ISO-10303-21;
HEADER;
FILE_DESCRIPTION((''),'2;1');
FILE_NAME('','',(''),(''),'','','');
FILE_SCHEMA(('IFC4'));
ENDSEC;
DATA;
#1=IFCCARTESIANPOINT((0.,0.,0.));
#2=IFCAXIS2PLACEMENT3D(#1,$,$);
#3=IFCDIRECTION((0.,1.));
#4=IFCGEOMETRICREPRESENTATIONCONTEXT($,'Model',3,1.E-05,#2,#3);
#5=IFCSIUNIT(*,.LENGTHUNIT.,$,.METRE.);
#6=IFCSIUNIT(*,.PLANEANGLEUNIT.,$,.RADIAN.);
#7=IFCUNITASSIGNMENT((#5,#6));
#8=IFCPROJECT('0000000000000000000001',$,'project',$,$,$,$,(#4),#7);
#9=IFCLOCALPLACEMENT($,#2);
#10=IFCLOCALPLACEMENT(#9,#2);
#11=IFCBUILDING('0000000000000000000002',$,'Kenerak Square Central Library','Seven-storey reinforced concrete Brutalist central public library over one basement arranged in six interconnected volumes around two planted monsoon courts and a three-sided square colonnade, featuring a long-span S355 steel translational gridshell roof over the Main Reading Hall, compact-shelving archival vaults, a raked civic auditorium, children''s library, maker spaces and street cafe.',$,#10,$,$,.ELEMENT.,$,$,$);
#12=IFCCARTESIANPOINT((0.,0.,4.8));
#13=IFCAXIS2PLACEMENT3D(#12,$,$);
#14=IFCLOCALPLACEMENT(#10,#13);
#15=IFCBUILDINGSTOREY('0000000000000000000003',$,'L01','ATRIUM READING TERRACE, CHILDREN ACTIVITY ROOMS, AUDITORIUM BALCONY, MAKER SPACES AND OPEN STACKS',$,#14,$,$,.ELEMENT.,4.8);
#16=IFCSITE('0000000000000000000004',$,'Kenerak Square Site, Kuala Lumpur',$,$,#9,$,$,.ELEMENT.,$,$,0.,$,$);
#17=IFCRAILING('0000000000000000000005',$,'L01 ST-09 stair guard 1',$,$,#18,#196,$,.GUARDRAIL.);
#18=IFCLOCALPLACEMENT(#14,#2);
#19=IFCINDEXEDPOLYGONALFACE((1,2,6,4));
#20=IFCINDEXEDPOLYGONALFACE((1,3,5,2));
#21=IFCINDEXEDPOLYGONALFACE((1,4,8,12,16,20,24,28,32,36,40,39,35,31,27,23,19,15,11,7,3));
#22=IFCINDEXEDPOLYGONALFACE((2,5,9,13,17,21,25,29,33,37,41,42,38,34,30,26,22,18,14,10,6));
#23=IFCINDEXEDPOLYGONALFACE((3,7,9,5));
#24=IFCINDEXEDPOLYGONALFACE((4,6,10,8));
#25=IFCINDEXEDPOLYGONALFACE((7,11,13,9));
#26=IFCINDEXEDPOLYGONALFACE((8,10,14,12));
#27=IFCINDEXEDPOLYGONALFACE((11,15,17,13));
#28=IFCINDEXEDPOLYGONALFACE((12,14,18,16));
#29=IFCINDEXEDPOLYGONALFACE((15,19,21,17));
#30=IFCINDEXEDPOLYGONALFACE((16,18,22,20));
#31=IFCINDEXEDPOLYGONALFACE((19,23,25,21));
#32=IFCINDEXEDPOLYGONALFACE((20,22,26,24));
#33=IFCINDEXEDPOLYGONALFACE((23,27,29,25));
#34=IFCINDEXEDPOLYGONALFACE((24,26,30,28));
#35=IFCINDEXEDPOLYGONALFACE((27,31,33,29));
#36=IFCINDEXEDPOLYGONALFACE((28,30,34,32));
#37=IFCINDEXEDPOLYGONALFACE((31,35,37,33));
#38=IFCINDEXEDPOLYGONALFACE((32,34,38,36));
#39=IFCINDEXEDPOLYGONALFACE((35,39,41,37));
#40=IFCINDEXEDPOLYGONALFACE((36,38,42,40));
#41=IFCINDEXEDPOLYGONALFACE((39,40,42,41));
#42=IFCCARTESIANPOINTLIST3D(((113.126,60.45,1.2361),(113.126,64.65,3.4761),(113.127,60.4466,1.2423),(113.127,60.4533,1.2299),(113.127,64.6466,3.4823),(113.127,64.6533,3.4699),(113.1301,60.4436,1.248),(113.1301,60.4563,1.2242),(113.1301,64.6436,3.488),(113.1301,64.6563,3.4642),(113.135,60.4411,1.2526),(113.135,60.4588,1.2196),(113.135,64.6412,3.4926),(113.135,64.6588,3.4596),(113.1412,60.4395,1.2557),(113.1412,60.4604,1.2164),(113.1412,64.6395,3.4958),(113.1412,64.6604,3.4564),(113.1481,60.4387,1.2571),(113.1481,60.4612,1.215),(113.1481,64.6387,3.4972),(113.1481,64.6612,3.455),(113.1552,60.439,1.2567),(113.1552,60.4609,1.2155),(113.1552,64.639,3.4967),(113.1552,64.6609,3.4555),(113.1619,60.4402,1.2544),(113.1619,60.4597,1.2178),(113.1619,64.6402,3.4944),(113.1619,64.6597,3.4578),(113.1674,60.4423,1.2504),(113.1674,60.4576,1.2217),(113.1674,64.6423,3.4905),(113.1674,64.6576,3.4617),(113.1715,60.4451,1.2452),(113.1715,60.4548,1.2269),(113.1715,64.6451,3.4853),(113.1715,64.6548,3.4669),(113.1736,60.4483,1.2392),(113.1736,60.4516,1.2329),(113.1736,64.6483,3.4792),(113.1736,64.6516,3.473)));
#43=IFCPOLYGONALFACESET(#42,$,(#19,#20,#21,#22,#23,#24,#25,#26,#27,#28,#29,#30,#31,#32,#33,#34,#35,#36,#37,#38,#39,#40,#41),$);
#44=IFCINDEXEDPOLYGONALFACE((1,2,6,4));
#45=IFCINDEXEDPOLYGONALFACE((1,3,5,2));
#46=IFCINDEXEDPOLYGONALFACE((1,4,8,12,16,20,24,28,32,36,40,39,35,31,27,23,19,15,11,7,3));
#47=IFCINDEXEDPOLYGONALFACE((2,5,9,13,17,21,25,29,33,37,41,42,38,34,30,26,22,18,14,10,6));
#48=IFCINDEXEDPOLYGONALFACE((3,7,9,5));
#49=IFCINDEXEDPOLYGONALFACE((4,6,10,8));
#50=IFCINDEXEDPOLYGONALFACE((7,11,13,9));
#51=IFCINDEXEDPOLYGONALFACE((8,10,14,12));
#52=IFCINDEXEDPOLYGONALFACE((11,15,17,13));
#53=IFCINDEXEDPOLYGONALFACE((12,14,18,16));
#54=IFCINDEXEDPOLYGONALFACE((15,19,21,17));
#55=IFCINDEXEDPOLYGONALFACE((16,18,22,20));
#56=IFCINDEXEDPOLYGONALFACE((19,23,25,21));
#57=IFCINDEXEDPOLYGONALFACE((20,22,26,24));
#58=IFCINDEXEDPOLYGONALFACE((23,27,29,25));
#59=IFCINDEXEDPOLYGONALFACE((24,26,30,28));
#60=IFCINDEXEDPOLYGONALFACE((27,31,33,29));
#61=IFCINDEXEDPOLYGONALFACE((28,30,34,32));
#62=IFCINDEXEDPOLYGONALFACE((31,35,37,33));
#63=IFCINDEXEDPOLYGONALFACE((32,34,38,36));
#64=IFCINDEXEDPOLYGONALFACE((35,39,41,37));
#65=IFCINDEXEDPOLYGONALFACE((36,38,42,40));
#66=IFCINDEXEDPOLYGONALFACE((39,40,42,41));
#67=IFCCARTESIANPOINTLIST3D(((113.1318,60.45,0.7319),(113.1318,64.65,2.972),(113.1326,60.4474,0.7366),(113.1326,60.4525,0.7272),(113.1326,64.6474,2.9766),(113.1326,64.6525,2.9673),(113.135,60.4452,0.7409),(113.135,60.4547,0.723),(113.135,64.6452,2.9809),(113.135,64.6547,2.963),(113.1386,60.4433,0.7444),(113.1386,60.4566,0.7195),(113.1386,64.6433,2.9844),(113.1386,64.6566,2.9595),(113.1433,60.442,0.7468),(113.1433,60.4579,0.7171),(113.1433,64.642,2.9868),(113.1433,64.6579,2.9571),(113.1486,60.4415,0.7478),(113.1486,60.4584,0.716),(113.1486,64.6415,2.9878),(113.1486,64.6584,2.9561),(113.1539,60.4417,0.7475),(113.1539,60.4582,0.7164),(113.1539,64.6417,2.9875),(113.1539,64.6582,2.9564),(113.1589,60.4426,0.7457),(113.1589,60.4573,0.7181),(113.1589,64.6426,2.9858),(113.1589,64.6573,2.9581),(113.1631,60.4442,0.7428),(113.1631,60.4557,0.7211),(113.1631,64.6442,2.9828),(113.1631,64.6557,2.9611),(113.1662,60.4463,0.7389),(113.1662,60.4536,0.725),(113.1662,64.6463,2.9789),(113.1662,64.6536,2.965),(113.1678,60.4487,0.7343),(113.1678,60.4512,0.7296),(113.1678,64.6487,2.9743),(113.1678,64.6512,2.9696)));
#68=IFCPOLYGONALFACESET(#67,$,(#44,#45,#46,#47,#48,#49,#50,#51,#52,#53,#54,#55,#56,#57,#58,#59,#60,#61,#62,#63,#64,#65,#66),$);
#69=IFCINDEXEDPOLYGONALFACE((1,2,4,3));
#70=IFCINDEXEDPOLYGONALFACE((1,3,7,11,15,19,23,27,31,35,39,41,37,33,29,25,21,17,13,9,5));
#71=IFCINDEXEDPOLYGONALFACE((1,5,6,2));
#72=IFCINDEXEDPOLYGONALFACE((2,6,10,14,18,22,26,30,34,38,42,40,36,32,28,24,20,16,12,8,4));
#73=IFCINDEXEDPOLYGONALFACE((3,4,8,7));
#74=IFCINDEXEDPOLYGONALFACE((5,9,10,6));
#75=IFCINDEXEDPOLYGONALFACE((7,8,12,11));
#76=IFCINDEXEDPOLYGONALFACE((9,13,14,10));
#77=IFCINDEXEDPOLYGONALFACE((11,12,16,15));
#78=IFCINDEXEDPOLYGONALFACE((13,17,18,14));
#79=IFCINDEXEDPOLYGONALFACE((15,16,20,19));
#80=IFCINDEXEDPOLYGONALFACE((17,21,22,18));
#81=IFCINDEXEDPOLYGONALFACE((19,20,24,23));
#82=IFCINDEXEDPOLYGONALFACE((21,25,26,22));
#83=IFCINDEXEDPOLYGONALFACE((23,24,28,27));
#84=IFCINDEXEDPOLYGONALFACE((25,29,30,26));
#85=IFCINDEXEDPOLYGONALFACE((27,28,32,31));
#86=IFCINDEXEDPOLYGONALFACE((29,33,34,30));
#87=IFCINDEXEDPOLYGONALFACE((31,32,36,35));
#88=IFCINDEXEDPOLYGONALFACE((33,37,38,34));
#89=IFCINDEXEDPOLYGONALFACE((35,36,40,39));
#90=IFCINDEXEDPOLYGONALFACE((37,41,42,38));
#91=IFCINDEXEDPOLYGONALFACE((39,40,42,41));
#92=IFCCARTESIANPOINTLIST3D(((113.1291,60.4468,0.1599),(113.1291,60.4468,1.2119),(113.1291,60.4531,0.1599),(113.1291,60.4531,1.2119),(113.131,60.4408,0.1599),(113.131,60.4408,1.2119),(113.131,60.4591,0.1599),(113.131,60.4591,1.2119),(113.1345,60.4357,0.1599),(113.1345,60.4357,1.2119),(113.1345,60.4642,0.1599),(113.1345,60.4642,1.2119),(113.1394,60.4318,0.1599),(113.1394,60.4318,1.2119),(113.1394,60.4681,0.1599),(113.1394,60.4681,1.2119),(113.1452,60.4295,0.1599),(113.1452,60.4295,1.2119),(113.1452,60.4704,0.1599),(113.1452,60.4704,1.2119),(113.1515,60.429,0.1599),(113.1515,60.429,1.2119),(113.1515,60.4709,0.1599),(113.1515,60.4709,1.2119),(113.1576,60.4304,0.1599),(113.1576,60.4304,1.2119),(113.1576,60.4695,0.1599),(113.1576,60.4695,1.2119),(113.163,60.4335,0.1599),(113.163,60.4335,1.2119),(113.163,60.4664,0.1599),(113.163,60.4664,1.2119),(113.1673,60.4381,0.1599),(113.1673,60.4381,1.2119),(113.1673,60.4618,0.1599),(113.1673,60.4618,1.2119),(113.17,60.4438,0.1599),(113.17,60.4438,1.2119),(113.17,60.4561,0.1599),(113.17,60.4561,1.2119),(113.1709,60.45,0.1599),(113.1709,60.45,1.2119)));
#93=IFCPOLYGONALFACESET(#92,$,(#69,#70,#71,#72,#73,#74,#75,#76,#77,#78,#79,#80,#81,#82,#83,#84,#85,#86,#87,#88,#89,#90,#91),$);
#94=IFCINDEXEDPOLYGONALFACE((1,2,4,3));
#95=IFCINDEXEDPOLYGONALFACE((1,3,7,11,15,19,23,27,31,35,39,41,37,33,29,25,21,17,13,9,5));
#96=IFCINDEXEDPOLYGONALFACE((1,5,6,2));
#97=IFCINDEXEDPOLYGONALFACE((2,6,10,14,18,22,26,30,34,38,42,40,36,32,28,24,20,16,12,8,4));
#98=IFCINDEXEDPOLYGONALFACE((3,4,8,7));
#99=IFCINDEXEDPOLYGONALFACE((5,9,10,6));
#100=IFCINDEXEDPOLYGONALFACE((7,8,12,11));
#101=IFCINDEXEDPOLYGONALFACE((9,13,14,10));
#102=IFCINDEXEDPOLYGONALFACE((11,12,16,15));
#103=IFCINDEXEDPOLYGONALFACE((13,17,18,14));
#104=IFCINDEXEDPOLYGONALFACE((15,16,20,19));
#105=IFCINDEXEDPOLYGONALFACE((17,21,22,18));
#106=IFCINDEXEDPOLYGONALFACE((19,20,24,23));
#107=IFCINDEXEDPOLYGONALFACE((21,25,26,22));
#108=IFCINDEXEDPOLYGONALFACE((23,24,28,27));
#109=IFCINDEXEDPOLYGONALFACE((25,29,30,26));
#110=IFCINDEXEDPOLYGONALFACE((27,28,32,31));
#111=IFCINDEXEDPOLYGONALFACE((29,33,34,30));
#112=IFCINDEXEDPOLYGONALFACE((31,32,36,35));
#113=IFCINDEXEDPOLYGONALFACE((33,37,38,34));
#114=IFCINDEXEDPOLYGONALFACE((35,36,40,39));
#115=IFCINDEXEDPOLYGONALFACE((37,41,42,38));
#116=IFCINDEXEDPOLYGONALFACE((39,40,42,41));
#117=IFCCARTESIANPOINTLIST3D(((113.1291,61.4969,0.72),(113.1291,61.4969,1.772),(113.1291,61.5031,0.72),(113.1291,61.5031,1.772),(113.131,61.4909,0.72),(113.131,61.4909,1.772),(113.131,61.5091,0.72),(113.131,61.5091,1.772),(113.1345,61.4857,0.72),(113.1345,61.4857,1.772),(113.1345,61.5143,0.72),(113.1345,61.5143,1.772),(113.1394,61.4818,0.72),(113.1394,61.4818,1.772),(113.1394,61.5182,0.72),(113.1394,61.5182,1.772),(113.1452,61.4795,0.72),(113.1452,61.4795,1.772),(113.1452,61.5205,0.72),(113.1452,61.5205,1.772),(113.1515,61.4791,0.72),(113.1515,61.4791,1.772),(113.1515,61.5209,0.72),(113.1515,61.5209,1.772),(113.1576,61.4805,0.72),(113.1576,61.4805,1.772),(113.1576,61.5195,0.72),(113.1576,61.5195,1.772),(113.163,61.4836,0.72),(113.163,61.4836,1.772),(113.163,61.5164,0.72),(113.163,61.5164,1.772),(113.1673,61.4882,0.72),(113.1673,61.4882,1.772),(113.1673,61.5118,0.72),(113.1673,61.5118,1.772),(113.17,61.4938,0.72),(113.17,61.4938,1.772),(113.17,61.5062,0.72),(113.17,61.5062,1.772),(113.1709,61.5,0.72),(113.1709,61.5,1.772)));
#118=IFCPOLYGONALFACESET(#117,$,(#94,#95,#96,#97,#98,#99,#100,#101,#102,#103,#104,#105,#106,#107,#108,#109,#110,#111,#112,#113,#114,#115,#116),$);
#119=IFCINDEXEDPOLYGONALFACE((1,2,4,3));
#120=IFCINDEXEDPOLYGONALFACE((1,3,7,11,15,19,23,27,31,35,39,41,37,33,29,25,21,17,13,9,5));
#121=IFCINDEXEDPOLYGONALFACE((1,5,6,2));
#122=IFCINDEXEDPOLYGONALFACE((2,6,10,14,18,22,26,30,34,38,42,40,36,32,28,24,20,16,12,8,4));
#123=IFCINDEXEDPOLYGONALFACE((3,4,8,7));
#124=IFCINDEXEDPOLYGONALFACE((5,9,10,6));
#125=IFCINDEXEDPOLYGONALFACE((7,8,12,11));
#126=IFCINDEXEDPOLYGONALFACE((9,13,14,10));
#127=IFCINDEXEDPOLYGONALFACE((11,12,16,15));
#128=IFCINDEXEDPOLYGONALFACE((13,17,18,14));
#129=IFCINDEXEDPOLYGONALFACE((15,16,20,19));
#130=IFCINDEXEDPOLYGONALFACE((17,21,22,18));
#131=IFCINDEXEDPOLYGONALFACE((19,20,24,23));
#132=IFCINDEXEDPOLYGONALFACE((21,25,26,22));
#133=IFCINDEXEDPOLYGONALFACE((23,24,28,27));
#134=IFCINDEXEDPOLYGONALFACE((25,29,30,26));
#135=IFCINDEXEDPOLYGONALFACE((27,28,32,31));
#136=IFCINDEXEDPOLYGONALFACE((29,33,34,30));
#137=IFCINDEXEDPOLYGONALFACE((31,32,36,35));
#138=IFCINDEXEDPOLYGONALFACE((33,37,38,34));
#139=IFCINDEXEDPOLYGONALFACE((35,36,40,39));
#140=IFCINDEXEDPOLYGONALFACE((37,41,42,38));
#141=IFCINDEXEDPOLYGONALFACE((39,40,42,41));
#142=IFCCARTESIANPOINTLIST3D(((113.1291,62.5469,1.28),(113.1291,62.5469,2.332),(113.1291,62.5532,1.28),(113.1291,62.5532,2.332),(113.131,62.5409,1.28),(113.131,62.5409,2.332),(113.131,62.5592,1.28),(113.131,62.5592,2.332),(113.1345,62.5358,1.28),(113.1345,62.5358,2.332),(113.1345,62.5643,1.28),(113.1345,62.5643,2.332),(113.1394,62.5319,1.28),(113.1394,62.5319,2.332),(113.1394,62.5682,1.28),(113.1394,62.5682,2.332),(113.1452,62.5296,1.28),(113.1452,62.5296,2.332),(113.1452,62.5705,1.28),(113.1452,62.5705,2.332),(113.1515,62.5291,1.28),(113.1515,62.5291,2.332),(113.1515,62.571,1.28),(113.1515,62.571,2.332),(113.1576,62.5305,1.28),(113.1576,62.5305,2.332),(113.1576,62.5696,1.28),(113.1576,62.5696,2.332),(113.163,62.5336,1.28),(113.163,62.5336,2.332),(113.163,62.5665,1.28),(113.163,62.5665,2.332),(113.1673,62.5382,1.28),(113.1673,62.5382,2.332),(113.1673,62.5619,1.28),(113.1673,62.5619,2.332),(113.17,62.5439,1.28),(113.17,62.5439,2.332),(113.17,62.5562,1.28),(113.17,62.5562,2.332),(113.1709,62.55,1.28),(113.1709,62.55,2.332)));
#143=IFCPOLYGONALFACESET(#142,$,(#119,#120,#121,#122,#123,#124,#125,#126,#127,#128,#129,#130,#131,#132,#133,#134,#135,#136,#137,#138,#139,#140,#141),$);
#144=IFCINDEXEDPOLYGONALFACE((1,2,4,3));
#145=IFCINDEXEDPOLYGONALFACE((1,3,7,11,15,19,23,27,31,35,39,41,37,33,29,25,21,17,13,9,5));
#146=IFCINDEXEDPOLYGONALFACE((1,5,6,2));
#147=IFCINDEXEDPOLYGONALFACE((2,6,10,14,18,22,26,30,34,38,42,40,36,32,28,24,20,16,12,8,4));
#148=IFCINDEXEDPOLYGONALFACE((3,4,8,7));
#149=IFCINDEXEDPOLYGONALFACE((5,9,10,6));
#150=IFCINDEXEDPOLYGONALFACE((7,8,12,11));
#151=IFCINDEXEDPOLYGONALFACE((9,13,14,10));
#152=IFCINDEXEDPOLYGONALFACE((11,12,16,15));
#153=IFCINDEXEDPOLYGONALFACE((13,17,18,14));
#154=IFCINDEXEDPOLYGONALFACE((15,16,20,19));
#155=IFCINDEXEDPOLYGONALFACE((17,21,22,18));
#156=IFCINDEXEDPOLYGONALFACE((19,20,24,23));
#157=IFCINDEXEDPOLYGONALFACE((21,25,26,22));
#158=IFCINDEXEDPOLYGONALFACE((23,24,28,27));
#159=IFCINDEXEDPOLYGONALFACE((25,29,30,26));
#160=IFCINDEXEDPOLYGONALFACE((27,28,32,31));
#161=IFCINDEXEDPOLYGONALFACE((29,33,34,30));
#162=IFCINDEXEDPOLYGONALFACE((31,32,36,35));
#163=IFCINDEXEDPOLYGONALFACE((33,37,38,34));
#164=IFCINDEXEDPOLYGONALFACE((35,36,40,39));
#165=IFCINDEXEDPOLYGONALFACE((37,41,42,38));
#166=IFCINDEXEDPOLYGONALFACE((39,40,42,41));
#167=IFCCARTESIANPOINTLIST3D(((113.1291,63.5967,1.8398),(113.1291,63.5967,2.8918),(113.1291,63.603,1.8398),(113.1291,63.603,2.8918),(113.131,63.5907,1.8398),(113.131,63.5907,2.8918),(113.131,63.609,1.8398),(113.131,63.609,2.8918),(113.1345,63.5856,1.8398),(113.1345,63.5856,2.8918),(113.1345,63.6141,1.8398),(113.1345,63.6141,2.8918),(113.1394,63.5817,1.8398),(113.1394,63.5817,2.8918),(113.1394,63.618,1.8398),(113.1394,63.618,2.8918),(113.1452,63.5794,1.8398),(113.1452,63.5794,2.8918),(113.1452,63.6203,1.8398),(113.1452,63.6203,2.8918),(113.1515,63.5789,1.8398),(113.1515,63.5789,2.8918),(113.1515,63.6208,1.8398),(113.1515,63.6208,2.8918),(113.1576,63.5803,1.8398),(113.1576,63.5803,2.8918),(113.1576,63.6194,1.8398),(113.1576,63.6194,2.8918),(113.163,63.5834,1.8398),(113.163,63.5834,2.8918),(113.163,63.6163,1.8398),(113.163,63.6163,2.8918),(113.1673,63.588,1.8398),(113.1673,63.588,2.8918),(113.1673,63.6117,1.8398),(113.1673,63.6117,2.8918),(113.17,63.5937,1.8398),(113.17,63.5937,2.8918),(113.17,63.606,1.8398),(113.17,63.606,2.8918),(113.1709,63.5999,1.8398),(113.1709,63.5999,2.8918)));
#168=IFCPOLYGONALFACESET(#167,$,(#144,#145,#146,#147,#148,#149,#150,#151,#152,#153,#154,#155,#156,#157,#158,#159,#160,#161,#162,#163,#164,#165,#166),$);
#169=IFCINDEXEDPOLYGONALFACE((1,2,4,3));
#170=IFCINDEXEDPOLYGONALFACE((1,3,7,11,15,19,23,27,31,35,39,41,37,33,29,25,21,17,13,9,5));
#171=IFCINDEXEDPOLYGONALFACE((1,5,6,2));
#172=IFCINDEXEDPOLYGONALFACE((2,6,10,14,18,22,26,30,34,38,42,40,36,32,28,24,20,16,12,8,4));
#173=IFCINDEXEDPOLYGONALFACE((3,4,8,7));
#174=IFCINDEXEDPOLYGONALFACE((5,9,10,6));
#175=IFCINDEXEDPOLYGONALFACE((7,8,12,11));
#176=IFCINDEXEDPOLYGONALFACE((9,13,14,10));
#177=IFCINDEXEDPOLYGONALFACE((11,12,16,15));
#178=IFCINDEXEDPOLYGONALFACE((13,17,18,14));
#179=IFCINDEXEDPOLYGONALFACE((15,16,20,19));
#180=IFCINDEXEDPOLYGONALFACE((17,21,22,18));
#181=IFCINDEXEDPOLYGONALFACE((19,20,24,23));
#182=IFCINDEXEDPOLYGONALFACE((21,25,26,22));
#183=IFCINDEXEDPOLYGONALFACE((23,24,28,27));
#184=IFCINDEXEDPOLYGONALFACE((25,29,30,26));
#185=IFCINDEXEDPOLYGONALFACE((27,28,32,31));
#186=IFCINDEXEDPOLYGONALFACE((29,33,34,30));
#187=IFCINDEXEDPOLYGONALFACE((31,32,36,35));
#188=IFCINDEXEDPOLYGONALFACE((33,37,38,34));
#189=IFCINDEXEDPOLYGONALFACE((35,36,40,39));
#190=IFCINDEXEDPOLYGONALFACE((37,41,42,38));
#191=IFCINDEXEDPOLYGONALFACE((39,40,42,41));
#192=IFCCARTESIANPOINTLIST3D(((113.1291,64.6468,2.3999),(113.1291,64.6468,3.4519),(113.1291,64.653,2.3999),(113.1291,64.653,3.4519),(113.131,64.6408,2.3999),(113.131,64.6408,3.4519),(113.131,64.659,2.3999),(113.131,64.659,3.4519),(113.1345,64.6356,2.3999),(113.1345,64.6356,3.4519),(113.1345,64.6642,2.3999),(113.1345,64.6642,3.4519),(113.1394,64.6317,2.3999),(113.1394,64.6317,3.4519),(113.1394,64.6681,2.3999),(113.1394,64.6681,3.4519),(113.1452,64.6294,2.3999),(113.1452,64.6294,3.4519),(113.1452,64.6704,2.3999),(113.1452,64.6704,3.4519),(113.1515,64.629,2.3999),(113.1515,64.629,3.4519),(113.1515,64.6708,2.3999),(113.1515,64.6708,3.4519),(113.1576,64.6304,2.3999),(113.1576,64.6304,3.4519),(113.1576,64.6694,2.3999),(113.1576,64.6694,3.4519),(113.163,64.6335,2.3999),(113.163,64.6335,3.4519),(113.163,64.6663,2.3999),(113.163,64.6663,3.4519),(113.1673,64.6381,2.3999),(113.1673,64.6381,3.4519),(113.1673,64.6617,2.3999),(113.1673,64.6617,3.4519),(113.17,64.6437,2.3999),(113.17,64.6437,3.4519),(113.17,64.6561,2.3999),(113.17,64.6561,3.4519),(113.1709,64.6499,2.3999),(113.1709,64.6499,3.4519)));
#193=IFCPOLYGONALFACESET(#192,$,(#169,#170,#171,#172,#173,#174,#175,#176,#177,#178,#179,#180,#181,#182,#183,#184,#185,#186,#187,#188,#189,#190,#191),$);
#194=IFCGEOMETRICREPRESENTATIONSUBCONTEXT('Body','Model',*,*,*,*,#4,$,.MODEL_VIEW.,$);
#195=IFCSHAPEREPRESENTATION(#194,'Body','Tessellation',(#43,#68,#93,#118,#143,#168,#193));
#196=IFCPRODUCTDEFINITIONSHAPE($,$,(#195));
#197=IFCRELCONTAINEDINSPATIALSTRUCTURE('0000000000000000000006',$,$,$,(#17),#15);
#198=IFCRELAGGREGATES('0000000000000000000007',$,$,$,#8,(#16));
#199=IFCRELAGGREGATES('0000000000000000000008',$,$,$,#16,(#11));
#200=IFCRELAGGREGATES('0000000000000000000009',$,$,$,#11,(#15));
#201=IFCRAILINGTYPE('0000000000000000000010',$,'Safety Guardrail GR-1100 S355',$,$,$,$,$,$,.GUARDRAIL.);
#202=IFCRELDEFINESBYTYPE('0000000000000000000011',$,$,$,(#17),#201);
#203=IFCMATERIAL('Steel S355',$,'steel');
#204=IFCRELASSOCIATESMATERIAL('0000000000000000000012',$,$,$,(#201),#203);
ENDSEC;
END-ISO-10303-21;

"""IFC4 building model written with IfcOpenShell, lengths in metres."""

from ifc_helpers import new_model, si_unit, direction, frame, origin, origin_2d, place, context, subcontext, project, spatial, circle, extrude, material, type_object, element, save


model = new_model("IFC4")

# Units and contexts
model_context = context("Model", 3, precision=1e-05, world=origin(), true_north=direction((0.0, 1.0)))
body_context = subcontext(model_context, "Body", "Model", "MODEL_VIEW")
ifc_project = project(units=[si_unit("LENGTHUNIT", "METRE"), si_unit("PLANEANGLEUNIT", "RADIAN")], contexts=[model_context])

# Site, building, storey
site_placement = place(None, origin())
site = spatial("IfcSite", under=ifc_project, at=site_placement, Name="Kenerak Square Site, Kuala Lumpur", CompositionType="ELEMENT", RefElevation=0.0)
building_placement = place(site_placement, origin())
building = spatial("IfcBuilding", under=site, at=building_placement, Name="Kenerak Square Central Library", Description="Seven-storey reinforced concrete Brutalist central public library over one basement arranged in six interconnected volumes around two planted monsoon courts and a three-sided square colonnade, featuring a long-span S355 steel translational gridshell roof over the Main Reading Hall, compact-shelving archival vaults, a raked civic auditorium, children's library, maker spaces and street cafe.", CompositionType="ELEMENT")
storey_placement = place(building_placement, frame((0.0, 0.0, 4.8)))
storey = spatial("IfcBuildingStorey", under=building, at=storey_placement, Name="L01", Description="ATRIUM READING TERRACE, CHILDREN ACTIVITY ROOMS, AUDITORIUM BALCONY, MAKER SPACES AND OPEN STACKS", CompositionType="ELEMENT", Elevation=4.8)

# Railing
ifc_material_1 = material(Name="Steel S355", Category="steel")
railing_type_1 = type_object("IfcRailingType", Name="Safety Guardrail GR-1100 S355", PredefinedType="GUARDRAIL", material=ifc_material_1)
railing_1_placement = place(storey_placement, frame((113.1499, 60.45, 0.1599)))
element("IfcRailing", 1, at=railing_1_placement, inside=storey, type_object=railing_type_1, Name="L01 ST-09 stair guard 1", PredefinedType="GUARDRAIL", context=body_context, shape_type="SweptSolid", body=[
    extrude(circle(Radius=0.0239, at=origin_2d()), frame((0.0, 0.0, 1.0762), z_axis=(0.0, 0.882352, 0.470591), x_axis=(-1.0, 0.0, 0.0)), (0.0, 0.0, 1.0), 4.76),
    extrude(circle(Radius=0.0181, at=origin_2d()), frame((0.0, 0.0, 0.572), z_axis=(0.0, 0.882352, 0.470591), x_axis=(-1.0, 0.0, 0.0)), (0.0, 0.0, 1.0), 4.76),
    extrude(circle(Radius=0.021, at=origin_2d()), origin(), (0.0, 0.0, 1.0), 1.052),
    extrude(circle(Radius=0.021, at=origin_2d()), frame((0.0, 1.05, 0.5601)), (0.0, 0.0, 1.0), 1.052),
    extrude(circle(Radius=0.021, at=origin_2d()), frame((0.0, 2.1001, 1.1201)), (0.0, 0.0, 1.0), 1.052),
    extrude(circle(Radius=0.021, at=origin_2d()), frame((0.0, 3.1499, 1.6799)), (0.0, 0.0, 1.0), 1.052),
    extrude(circle(Radius=0.021, at=origin_2d()), frame((0.0, 4.2, 2.24)), (0.0, 0.0, 1.0), 1.052),
])

save(model, "model.ifc")
